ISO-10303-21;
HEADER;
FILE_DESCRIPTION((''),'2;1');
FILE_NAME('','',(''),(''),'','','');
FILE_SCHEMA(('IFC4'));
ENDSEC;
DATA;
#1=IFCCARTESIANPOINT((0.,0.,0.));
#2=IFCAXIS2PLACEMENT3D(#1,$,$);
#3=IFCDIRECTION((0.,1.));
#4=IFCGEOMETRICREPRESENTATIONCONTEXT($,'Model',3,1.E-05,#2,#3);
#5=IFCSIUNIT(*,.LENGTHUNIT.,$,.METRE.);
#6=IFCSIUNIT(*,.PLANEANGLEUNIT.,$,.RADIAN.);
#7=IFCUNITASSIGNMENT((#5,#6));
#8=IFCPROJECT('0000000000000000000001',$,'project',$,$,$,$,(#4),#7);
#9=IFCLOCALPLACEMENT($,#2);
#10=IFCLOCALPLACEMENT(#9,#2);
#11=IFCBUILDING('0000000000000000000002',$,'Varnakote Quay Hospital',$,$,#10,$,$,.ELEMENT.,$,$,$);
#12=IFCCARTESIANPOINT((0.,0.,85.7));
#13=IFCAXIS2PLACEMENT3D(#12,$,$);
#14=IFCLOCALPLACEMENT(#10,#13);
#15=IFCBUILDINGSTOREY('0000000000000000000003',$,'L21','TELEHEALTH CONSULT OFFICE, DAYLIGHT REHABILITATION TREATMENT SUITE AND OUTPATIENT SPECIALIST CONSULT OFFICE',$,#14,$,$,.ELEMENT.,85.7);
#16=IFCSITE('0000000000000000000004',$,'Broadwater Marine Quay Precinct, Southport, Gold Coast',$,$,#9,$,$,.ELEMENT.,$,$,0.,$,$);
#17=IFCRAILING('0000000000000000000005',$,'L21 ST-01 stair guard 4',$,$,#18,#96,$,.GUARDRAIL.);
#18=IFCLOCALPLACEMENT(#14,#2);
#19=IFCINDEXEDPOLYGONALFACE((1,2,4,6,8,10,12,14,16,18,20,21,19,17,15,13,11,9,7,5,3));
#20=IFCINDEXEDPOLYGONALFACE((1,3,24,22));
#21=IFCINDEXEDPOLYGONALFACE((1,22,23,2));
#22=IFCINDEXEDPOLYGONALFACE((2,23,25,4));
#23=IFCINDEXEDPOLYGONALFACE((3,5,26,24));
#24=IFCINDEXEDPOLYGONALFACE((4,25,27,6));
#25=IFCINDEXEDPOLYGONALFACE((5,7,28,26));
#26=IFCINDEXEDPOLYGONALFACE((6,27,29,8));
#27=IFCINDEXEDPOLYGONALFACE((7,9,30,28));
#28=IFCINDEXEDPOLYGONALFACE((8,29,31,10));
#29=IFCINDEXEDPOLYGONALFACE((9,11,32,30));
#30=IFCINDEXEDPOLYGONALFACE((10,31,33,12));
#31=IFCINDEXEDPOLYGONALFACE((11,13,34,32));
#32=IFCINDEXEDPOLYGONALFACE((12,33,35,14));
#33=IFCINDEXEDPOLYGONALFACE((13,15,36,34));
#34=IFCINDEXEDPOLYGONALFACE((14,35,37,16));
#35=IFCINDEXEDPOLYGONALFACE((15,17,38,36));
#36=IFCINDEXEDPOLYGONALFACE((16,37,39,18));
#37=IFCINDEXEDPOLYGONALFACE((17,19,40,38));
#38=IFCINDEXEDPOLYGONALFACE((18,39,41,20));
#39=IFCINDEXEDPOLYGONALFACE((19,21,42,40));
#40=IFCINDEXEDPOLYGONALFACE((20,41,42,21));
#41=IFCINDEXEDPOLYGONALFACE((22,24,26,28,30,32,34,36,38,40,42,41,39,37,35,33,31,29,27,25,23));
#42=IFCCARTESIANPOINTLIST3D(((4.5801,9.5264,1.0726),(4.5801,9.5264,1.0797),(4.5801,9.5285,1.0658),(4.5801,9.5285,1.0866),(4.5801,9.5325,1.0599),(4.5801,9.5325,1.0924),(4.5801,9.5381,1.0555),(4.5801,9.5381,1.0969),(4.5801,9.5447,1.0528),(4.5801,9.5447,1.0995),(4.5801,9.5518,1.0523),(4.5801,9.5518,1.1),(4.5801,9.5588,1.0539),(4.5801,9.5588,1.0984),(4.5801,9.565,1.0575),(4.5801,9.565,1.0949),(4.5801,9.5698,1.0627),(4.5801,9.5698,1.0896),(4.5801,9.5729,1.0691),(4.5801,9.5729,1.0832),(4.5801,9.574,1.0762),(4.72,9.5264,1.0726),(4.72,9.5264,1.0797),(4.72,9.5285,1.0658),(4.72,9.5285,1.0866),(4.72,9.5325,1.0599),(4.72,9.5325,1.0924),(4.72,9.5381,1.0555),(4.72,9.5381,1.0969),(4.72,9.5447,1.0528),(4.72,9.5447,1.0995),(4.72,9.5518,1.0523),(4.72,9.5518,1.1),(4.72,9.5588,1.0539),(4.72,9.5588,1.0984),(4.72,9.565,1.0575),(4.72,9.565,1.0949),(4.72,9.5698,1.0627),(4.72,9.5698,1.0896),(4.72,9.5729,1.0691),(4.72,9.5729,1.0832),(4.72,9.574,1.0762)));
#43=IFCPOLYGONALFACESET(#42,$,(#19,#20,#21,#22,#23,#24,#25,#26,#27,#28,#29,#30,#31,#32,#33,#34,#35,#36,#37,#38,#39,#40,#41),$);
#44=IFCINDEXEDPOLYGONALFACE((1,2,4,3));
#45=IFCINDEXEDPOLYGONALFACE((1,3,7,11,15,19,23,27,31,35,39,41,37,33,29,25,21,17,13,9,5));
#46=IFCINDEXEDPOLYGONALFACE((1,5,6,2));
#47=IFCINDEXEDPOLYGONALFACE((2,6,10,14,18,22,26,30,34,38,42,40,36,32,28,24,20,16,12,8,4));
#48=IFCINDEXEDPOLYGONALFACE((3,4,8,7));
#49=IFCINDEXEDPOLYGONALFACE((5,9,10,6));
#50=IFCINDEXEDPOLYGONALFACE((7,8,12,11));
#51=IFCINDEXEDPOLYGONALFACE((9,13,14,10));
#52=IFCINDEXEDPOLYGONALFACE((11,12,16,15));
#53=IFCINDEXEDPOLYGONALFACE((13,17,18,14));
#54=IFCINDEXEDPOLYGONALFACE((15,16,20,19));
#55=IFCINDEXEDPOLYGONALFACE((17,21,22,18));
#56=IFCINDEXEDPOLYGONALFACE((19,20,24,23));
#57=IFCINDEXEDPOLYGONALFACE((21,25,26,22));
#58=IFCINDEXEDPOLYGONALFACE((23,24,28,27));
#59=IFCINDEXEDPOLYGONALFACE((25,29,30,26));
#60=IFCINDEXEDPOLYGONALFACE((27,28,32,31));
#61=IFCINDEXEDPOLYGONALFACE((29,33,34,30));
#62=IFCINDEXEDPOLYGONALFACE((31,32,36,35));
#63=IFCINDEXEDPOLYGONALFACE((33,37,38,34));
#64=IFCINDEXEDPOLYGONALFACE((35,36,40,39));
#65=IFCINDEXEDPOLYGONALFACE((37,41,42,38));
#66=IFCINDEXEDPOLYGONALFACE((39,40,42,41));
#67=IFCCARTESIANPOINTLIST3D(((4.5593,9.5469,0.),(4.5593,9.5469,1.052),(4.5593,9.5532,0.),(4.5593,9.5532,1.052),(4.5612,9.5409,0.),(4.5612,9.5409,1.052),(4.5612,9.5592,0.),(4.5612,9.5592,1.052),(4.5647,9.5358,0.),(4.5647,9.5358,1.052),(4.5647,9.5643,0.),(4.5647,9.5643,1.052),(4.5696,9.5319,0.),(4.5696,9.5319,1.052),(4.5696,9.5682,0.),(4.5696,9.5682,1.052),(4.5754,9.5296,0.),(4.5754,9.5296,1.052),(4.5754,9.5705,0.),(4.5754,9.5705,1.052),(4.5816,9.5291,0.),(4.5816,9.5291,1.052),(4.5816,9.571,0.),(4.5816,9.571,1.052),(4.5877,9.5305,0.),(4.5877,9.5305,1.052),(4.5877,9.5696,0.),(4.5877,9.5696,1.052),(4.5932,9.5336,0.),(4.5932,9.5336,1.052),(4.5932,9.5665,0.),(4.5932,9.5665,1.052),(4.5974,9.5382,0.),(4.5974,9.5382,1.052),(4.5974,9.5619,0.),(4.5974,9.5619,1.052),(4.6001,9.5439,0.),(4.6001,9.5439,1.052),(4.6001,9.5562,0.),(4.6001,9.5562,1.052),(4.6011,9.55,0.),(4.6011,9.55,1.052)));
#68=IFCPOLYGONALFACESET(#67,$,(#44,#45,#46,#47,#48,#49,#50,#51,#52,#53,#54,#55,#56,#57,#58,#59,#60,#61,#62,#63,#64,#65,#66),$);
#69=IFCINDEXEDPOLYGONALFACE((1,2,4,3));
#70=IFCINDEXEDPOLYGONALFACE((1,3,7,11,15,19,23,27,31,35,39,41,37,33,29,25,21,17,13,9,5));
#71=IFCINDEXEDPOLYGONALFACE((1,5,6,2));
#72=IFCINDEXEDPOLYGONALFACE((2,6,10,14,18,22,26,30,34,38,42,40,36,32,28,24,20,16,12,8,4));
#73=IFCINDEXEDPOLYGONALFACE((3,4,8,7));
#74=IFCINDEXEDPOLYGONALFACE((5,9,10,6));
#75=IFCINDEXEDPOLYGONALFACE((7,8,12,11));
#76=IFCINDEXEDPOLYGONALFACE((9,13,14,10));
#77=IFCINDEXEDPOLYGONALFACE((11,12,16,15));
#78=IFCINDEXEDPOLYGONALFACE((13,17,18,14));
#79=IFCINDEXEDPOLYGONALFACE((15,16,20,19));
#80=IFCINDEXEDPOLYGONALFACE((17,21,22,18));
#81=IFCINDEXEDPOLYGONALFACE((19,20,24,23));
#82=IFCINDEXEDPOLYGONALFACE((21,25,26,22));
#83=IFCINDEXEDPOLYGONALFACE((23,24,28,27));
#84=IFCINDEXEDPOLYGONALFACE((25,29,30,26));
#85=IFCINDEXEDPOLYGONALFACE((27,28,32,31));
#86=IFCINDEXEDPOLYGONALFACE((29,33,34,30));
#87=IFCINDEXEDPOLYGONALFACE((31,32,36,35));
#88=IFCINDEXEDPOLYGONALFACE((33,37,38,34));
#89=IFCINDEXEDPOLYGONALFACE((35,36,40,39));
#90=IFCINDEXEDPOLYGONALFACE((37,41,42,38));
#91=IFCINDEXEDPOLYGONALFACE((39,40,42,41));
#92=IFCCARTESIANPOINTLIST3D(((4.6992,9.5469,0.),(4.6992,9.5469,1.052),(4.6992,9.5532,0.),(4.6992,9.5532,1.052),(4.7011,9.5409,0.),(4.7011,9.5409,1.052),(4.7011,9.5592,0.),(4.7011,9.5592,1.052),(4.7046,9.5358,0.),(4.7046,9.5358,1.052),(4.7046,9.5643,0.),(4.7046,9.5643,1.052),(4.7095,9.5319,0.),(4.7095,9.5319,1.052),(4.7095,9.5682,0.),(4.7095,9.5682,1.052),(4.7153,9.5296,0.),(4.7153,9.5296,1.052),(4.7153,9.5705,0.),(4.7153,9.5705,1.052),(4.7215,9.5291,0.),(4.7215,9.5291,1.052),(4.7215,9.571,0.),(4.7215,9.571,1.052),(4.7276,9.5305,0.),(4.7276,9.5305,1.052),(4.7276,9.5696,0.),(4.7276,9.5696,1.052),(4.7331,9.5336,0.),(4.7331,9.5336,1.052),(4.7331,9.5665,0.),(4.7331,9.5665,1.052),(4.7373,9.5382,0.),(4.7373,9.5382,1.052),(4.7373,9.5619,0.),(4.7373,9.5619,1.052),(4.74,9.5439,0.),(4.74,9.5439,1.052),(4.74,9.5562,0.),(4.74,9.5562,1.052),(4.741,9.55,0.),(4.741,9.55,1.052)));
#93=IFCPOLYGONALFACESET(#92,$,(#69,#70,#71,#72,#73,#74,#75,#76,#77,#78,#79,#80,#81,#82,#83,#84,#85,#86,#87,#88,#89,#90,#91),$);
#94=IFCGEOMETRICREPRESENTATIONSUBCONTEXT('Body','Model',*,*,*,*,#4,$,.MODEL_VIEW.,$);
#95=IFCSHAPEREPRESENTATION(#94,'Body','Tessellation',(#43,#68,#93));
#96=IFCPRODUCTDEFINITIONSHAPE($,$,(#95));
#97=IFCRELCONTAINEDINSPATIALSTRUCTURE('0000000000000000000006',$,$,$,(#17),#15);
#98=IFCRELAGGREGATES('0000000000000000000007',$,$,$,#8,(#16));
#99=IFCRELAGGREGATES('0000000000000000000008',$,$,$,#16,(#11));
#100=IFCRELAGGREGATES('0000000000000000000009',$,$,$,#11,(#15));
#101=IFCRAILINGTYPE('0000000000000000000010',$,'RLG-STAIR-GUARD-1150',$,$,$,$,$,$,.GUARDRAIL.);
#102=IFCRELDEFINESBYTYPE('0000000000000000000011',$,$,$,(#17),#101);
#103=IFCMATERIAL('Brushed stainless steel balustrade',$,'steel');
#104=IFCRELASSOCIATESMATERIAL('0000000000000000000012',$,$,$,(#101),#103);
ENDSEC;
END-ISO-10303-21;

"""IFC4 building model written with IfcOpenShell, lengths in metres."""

from ifc_helpers import new_model, si_unit, direction, frame, origin, origin_2d, place, context, subcontext, project, spatial, circle, extrude, material, type_object, element, save


model = new_model("IFC4")

# Units and contexts
model_context = context("Model", 3, precision=1e-05, world=origin(), true_north=direction((0.0, 1.0)))
body_context = subcontext(model_context, "Body", "Model", "MODEL_VIEW")
ifc_project = project(units=[si_unit("LENGTHUNIT", "METRE"), si_unit("PLANEANGLEUNIT", "RADIAN")], contexts=[model_context])

# Site, building, storey
site_placement = place(None, origin())
site = spatial("IfcSite", under=ifc_project, at=site_placement, Name="Broadwater Marine Quay Precinct, Southport, Gold Coast", CompositionType="ELEMENT", RefElevation=0.0)
building_placement = place(site_placement, origin())
building = spatial("IfcBuilding", under=site, at=building_placement, Name="Varnakote Quay Hospital", CompositionType="ELEMENT")
storey_placement = place(building_placement, frame((0.0, 0.0, 85.7)))
storey = spatial("IfcBuildingStorey", under=building, at=storey_placement, Name="L21", Description="TELEHEALTH CONSULT OFFICE, DAYLIGHT REHABILITATION TREATMENT SUITE AND OUTPATIENT SPECIALIST CONSULT OFFICE", CompositionType="ELEMENT", Elevation=85.7)

# Railing
ifc_material_1 = material(Name="Brushed stainless steel balustrade", Category="steel")
railing_type_1 = type_object("IfcRailingType", Name="RLG-STAIR-GUARD-1150", PredefinedType="GUARDRAIL", material=ifc_material_1)
railing_1_placement = place(storey_placement, frame((4.5801, 9.55, 0.0)))
element("IfcRailing", 1, at=railing_1_placement, inside=storey, type_object=railing_type_1, Name="L21 ST-01 stair guard 4", PredefinedType="GUARDRAIL", context=body_context, shape_type="SweptSolid", body=[
    extrude(circle(Radius=0.0239, at=origin_2d()), frame((0.0, 0.0, 1.0762), z_axis=(1.0, 0.0, 0.0), x_axis=(0.0, 1.0, 0.0)), (0.0, 0.0, 1.0), 0.1399),
    extrude(circle(Radius=0.021, at=origin_2d()), origin(), (0.0, 0.0, 1.0), 1.052),
    extrude(circle(Radius=0.021, at=origin_2d()), frame((0.1399, 0.0, 0.0)), (0.0, 0.0, 1.0), 1.052),
])

save(model, "model.ifc")
